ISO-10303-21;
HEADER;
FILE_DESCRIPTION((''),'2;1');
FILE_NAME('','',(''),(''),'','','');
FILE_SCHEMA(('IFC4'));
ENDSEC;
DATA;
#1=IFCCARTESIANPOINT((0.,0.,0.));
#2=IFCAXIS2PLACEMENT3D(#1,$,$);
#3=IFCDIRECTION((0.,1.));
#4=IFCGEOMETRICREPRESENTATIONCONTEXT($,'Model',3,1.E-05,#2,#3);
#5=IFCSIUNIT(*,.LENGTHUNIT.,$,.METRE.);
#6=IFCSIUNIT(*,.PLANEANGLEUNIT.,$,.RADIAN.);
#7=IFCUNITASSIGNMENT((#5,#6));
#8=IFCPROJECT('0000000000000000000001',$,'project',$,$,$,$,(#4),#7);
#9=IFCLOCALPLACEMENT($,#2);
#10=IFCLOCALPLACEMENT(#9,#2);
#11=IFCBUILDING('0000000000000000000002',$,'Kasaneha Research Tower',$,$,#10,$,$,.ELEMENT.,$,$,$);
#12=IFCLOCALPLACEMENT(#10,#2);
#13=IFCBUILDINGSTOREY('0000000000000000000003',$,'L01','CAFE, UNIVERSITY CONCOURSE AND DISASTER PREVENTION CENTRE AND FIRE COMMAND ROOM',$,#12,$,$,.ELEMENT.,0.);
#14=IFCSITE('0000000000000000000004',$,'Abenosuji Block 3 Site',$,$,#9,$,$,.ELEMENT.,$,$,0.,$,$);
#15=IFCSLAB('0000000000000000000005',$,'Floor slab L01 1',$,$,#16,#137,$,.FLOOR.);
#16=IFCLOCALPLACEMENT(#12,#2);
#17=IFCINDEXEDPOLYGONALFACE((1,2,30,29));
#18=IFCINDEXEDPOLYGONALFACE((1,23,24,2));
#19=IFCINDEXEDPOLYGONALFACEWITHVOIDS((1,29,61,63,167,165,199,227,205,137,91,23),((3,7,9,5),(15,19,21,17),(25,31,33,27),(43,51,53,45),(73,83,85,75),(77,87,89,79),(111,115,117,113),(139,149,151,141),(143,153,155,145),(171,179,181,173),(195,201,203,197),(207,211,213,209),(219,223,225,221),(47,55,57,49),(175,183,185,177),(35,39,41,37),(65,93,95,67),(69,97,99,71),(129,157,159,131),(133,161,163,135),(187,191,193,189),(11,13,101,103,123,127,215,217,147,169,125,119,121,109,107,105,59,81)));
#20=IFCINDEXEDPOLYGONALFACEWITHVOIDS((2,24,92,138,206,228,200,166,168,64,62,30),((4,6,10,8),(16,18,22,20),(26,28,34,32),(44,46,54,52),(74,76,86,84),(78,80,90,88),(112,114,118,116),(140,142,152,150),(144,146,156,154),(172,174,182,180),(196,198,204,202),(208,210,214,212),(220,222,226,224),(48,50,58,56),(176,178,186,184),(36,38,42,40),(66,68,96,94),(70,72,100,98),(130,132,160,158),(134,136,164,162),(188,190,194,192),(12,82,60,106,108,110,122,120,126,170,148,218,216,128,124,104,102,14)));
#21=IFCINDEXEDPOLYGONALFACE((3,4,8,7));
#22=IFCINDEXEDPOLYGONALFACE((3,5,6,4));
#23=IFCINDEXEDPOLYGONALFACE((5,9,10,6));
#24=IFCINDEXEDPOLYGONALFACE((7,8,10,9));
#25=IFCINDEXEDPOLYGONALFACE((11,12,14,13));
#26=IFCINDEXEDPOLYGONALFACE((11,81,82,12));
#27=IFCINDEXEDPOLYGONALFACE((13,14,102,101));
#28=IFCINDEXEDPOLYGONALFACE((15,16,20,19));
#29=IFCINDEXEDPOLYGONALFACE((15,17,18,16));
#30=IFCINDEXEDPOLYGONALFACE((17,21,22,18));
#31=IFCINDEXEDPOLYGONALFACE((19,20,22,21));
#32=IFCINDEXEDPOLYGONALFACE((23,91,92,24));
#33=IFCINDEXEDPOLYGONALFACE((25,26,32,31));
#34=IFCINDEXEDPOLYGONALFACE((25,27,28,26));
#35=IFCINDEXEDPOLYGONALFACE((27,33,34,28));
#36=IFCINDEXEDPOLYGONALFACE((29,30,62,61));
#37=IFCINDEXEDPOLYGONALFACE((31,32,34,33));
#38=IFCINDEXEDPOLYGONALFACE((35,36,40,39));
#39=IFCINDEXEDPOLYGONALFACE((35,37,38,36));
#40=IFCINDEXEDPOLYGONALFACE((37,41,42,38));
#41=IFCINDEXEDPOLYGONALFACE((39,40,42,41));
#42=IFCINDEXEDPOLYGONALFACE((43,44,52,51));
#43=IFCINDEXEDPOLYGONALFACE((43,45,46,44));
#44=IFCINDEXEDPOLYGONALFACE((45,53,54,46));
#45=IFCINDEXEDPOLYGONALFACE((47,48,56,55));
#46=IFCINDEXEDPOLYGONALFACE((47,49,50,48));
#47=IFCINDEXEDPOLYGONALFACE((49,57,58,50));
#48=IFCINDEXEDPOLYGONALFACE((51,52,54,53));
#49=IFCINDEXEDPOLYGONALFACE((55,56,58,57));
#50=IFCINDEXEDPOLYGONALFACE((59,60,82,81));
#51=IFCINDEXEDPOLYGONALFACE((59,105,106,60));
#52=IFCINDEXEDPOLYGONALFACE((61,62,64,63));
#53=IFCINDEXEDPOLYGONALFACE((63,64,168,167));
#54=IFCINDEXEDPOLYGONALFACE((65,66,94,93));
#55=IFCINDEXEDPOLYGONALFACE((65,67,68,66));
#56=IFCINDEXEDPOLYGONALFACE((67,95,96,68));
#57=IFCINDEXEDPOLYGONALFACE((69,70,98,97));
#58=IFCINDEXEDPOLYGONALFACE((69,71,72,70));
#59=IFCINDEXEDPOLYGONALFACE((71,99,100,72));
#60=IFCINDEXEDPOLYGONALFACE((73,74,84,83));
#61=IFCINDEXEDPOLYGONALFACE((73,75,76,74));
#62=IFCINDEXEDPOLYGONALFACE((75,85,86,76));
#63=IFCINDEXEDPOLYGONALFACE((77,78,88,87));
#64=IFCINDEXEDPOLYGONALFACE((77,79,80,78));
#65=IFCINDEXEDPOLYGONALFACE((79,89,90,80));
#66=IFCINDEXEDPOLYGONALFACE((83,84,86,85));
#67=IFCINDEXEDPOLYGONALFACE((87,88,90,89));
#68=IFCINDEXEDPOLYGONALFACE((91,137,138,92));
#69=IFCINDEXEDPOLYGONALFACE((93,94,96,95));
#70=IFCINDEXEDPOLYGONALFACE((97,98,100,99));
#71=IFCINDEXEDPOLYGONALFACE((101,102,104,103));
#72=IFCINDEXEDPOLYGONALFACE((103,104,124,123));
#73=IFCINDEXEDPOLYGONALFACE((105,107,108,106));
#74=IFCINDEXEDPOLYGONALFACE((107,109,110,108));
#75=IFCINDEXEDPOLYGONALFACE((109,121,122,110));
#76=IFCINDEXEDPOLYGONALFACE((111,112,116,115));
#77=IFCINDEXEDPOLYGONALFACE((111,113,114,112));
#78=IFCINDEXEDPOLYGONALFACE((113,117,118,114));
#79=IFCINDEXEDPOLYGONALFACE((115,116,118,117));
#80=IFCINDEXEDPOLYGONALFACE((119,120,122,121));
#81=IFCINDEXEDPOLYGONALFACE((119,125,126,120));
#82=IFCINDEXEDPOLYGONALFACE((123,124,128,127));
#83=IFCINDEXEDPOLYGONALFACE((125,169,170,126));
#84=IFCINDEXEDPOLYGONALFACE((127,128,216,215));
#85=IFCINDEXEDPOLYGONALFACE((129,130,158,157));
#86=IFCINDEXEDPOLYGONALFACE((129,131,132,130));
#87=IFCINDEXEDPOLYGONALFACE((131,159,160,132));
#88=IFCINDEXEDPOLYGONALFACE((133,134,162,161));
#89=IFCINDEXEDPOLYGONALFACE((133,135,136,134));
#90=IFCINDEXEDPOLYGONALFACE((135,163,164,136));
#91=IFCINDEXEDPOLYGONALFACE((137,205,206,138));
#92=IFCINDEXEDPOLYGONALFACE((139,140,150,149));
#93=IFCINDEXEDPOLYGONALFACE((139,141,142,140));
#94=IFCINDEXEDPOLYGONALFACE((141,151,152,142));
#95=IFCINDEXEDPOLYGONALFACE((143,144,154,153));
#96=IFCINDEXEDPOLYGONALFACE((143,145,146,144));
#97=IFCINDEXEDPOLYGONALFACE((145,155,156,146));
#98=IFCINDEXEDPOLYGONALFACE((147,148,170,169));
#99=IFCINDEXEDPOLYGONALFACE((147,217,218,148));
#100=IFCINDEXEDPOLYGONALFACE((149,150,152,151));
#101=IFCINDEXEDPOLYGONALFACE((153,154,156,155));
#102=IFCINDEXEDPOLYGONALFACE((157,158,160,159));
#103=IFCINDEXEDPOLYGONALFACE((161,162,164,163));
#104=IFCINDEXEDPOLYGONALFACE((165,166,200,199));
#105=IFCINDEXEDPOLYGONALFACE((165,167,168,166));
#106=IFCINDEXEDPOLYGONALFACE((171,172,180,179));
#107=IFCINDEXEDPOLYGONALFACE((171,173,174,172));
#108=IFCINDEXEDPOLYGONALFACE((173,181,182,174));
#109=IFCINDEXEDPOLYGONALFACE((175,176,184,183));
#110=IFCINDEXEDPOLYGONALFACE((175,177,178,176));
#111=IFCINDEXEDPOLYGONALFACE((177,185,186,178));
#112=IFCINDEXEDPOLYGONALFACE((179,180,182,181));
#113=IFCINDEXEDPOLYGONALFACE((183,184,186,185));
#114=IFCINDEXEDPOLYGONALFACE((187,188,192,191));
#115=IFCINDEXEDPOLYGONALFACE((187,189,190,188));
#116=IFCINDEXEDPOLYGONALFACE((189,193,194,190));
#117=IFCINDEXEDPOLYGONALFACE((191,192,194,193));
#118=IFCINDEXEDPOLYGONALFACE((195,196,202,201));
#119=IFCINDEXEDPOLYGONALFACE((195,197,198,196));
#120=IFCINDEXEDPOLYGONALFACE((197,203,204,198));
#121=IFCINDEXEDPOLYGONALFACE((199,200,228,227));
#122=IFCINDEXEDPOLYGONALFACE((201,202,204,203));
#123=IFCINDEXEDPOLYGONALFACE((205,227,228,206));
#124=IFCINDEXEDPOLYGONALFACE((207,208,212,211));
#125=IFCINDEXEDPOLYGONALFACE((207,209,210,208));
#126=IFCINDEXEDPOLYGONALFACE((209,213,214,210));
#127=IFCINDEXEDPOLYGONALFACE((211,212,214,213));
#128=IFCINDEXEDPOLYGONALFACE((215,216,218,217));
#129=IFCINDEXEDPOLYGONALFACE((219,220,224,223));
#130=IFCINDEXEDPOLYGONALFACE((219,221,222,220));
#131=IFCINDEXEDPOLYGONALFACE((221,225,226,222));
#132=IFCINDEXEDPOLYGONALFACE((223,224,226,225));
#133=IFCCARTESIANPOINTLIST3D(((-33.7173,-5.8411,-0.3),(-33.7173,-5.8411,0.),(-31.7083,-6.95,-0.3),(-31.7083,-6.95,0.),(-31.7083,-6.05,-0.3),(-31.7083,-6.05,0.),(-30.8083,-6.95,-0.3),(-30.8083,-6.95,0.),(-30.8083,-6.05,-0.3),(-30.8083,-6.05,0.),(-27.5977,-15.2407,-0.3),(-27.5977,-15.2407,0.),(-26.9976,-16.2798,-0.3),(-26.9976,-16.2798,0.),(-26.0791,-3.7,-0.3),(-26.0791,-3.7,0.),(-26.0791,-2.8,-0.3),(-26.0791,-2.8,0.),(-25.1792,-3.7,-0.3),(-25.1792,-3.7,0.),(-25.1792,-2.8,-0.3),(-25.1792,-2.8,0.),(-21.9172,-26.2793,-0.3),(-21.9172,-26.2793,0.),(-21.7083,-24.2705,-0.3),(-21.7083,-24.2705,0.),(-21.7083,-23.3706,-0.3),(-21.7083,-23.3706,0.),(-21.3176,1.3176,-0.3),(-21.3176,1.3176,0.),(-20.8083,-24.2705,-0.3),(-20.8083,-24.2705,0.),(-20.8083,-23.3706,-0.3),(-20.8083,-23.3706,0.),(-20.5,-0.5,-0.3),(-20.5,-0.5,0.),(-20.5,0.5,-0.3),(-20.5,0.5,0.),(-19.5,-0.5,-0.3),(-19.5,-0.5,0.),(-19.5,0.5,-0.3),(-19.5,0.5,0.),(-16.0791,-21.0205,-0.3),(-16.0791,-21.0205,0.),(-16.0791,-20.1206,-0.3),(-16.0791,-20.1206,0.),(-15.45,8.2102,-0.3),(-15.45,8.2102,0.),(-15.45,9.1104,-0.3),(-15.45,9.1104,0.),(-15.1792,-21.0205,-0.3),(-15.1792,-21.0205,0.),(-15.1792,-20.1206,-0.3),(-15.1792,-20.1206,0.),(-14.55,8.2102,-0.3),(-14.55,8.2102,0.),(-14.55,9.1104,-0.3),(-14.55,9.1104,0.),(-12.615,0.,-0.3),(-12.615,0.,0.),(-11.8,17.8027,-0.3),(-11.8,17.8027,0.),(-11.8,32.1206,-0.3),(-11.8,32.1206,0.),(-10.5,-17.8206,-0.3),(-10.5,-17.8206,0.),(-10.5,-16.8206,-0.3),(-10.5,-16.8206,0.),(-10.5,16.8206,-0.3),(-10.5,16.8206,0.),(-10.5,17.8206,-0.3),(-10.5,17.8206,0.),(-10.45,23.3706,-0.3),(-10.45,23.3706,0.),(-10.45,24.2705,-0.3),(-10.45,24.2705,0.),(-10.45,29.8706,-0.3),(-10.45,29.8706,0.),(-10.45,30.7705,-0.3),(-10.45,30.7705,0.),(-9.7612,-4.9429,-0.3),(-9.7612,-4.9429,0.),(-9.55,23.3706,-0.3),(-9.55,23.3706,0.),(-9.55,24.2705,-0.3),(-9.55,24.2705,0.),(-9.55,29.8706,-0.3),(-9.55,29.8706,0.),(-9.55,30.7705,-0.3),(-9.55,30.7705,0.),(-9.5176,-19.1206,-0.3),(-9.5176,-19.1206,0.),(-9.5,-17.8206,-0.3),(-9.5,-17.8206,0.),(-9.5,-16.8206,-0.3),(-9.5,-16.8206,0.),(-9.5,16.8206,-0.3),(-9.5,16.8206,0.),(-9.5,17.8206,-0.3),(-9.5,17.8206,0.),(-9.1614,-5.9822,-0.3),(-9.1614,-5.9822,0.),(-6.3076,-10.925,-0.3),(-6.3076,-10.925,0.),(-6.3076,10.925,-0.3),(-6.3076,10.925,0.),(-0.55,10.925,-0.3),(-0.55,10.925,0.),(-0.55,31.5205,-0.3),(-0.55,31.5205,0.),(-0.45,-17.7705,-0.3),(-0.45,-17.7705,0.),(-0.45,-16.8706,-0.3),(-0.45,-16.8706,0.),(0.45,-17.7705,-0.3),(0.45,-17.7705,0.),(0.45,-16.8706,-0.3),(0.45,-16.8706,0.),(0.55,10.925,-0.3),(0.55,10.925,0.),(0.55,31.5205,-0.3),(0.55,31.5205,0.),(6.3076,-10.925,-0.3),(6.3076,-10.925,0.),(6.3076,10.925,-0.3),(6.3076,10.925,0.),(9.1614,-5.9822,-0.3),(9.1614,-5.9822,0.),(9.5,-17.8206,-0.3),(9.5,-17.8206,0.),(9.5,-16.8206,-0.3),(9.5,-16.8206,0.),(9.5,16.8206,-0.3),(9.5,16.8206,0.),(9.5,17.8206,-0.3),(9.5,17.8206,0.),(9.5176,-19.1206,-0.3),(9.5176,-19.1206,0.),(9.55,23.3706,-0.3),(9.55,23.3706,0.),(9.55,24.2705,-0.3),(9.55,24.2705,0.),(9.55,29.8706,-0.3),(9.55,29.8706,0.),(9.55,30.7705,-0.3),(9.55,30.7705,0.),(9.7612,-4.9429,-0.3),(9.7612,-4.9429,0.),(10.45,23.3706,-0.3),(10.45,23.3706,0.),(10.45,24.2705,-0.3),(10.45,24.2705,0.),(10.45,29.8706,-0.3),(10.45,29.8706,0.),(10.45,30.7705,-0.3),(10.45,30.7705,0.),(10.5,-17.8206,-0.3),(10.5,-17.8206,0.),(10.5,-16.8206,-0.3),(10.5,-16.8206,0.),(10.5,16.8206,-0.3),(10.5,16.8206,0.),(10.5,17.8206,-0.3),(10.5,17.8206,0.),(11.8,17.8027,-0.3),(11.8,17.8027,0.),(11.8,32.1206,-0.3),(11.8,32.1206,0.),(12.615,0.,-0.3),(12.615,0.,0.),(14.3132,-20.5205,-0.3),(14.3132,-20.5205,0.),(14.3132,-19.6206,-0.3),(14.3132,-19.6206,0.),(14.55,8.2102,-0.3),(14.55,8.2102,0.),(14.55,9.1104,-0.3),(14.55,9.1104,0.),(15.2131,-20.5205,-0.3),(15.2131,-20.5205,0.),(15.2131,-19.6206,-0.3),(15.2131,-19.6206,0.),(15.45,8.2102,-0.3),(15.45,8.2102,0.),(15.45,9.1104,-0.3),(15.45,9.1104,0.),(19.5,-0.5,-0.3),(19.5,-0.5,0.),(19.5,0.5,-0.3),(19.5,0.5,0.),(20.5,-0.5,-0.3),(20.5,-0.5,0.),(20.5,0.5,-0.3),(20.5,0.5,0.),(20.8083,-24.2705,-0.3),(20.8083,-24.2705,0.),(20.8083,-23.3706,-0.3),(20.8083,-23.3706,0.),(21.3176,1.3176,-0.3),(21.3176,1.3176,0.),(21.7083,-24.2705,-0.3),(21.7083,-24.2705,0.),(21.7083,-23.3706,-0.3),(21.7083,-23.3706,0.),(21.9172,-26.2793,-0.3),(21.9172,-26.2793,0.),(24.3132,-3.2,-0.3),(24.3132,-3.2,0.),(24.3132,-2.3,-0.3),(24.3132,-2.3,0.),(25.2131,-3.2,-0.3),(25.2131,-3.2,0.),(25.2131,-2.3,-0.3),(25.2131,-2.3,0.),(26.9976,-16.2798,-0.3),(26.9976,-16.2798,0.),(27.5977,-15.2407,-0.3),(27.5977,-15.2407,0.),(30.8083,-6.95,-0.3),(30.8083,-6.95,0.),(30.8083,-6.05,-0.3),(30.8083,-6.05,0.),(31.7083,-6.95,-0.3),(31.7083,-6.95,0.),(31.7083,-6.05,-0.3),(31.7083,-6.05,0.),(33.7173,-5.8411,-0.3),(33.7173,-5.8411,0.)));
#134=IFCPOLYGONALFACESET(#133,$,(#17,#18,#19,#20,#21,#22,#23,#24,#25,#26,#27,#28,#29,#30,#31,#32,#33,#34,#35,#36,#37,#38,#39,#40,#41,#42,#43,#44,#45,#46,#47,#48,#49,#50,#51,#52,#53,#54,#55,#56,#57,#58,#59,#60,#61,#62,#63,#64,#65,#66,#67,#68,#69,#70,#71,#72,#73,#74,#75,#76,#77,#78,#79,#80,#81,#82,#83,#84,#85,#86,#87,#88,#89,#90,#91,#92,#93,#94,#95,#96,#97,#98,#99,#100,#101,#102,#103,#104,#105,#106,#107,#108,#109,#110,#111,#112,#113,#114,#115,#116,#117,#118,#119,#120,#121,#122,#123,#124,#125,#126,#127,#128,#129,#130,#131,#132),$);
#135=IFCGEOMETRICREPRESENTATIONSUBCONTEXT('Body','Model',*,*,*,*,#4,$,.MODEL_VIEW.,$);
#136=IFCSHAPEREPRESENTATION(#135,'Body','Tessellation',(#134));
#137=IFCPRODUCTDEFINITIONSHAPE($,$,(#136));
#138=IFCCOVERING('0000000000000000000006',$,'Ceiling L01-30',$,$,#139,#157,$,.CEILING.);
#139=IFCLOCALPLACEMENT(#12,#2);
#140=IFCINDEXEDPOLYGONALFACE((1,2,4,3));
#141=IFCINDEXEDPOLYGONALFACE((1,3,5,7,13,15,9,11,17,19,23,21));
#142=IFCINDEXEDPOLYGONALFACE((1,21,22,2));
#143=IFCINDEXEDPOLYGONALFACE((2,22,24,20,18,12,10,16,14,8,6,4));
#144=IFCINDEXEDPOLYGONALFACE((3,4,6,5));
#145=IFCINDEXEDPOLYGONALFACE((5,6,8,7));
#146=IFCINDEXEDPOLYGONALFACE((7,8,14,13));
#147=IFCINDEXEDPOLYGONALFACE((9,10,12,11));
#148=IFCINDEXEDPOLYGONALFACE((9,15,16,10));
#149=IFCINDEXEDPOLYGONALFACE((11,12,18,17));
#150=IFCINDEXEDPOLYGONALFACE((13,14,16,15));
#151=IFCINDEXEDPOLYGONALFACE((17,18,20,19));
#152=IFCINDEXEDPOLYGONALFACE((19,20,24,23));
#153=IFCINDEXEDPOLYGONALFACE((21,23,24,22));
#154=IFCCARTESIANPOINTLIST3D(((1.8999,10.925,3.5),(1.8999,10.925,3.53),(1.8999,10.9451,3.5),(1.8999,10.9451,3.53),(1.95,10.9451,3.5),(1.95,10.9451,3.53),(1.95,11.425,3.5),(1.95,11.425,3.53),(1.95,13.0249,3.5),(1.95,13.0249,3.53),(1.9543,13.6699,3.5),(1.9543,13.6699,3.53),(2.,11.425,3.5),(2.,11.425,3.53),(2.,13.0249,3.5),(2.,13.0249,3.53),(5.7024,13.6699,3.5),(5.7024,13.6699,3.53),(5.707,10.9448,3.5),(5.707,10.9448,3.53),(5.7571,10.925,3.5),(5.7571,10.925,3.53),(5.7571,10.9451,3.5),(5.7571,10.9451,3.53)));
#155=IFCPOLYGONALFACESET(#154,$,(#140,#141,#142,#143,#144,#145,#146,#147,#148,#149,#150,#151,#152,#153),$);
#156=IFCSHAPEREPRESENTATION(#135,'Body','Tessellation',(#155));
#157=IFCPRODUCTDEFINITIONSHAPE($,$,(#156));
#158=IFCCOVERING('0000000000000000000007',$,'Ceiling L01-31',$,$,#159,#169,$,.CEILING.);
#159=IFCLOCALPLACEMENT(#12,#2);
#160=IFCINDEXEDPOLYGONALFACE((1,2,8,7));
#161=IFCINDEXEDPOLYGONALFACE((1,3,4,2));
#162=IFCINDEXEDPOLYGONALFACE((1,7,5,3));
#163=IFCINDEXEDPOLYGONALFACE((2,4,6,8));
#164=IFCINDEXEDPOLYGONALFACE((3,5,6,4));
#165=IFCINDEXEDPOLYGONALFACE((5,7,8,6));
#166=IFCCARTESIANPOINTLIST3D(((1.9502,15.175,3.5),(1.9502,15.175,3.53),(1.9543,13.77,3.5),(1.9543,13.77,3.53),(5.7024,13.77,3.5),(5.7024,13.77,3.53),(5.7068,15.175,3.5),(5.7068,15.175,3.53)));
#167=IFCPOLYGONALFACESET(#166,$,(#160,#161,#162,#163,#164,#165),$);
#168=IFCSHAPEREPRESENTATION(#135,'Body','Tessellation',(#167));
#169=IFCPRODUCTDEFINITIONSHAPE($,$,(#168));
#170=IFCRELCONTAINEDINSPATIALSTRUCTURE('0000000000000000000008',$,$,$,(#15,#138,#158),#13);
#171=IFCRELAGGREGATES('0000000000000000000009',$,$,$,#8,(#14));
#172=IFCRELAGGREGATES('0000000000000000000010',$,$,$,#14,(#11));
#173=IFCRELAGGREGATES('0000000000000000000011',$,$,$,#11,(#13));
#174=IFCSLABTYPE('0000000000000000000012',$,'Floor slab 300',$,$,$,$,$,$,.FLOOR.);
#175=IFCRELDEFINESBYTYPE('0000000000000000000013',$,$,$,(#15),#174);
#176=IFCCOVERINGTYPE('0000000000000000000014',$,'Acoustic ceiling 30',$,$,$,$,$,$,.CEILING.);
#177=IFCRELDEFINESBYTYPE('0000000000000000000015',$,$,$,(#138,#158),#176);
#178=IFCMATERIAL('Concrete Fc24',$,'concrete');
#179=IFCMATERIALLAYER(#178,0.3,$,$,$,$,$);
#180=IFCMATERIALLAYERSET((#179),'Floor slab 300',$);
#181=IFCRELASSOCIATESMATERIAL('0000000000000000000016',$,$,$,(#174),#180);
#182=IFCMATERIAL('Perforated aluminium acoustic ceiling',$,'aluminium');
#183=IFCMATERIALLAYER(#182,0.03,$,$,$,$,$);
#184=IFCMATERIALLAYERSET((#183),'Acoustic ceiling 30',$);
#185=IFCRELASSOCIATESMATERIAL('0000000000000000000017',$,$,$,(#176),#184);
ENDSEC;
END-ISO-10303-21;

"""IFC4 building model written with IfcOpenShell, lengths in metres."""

from ifc_helpers import new_model, si_unit, direction, frame, origin, place, context, subcontext, project, spatial, polyline, outline, extrude, material, layer, layer_set, type_object, element, save


model = new_model("IFC4")

# Units and contexts
model_context = context("Model", 3, precision=1e-05, world=origin(), true_north=direction((0.0, 1.0)))
body_context = subcontext(model_context, "Body", "Model", "MODEL_VIEW")
ifc_project = project(units=[si_unit("LENGTHUNIT", "METRE"), si_unit("PLANEANGLEUNIT", "RADIAN")], contexts=[model_context])

# Site, building, storey
site_placement = place(None, origin())
site = spatial("IfcSite", under=ifc_project, at=site_placement, Name="Abenosuji Block 3 Site", CompositionType="ELEMENT", RefElevation=0.0)
building_placement = place(site_placement, origin())
building = spatial("IfcBuilding", under=site, at=building_placement, Name="Kasaneha Research Tower", CompositionType="ELEMENT")
storey_placement = place(building_placement, origin())
storey = spatial("IfcBuildingStorey", under=building, at=storey_placement, Name="L01", Description="CAFE, UNIVERSITY CONCOURSE AND DISASTER PREVENTION CENTRE AND FIRE COMMAND ROOM", CompositionType="ELEMENT", Elevation=0.0)

# Slab
ifc_material_1 = material(Name="Concrete Fc24", Category="concrete")
ifc_layer_1 = layer(ifc_material_1, 0.3)
ifc_layer_set_1 = layer_set([ifc_layer_1], Name="Floor slab 300")
slab_type_1 = type_object("IfcSlabType", Name="Floor slab 300", PredefinedType="FLOOR", material=ifc_layer_set_1)
slab_1_placement = place(storey_placement, frame((0.0, 0.0, -0.3)))
element("IfcSlab", 1, at=slab_1_placement, inside=storey, type_object=slab_type_1, Name="Floor slab L01 1", PredefinedType="FLOOR", context=body_context, shape_type="SweptSolid", body=[
    extrude(outline(polyline([(-21.3176, 1.3176), (-11.8, 17.8027), (-11.8, 32.1206), (11.8, 32.1206), (11.8, 17.8027), (21.3176, 1.3176), (33.7173, -5.8411), (21.9172, -26.2793), (9.5176, -19.1206), (-9.5176, -19.1206), (-21.9172, -26.2793), (-33.7173, -5.8411), (-21.3176, 1.3176)]), holes=[polyline([(-20.8083, -23.3706), (-21.7083, -23.3706), (-21.7083, -24.2705), (-20.8083, -24.2705), (-20.8083, -23.3706)]), polyline([(-15.1792, -21.0205), (-15.1792, -20.1206), (-16.0791, -20.1206), (-16.0791, -21.0205), (-15.1792, -21.0205)]), polyline([(0.45, -17.7705), (0.45, -16.8706), (-0.45, -16.8706), (-0.45, -17.7705), (0.45, -17.7705)]), polyline([(-9.5, -16.8206), (-10.5, -16.8206), (-10.5, -17.8206), (-9.5, -17.8206), (-9.5, -16.8206)]), polyline([(-9.1614, -5.9822), (-6.3076, -10.925), (6.3076, -10.925), (9.1614, -5.9822), (26.9976, -16.2798), (27.5977, -15.2407), (9.7612, -4.9429), (12.615, 0.0), (6.3076, 10.925), (0.55, 10.925), (0.55, 31.5205), (-0.55, 31.5205), (-0.55, 10.925), (-6.3076, 10.925), (-12.615, 0.0), (-9.7612, -4.9429), (-27.5977, -15.2407), (-26.9976, -16.2798), (-9.1614, -5.9822)]), polyline([(-30.8083, -6.95), (-30.8083, -6.05), (-31.7083, -6.05), (-31.7083, -6.95), (-30.8083, -6.95)]), polyline([(-25.1792, -2.8), (-26.0791, -2.8), (-26.0791, -3.7), (-25.1792, -3.7), (-25.1792, -2.8)]), polyline([(-19.5, -0.5), (-19.5, 0.5), (-20.5, 0.5), (-20.5, -0.5), (-19.5, -0.5)]), polyline([(-14.55, 8.2102), (-14.55, 9.1104), (-15.45, 9.1104), (-15.45, 8.2102), (-14.55, 8.2102)]), polyline([(-9.5, 17.8206), (-10.5, 17.8206), (-10.5, 16.8206), (-9.5, 16.8206), (-9.5, 17.8206)]), polyline([(-9.55, 23.3706), (-9.55, 24.2705), (-10.45, 24.2705), (-10.45, 23.3706), (-9.55, 23.3706)]), polyline([(-9.55, 30.7705), (-10.45, 30.7705), (-10.45, 29.8706), (-9.55, 29.8706), (-9.55, 30.7705)]), polyline([(21.7083, -24.2705), (21.7083, -23.3706), (20.8083, -23.3706), (20.8083, -24.2705), (21.7083, -24.2705)]), polyline([(15.2131, -20.5205), (15.2131, -19.6206), (14.3132, -19.6206), (14.3132, -20.5205), (15.2131, -20.5205)]), polyline([(10.5, -16.8206), (9.5, -16.8206), (9.5, -17.8206), (10.5, -17.8206), (10.5, -16.8206)]), polyline([(31.7083, -6.95), (31.7083, -6.05), (30.8083, -6.05), (30.8083, -6.95), (31.7083, -6.95)]), polyline([(25.2131, -2.3), (24.3132, -2.3), (24.3132, -3.2), (25.2131, -3.2), (25.2131, -2.3)]), polyline([(20.5, -0.5), (20.5, 0.5), (19.5, 0.5), (19.5, -0.5), (20.5, -0.5)]), polyline([(15.45, 8.2102), (15.45, 9.1104), (14.55, 9.1104), (14.55, 8.2102), (15.45, 8.2102)]), polyline([(10.5, 16.8206), (10.5, 17.8206), (9.5, 17.8206), (9.5, 16.8206), (10.5, 16.8206)]), polyline([(10.45, 23.3706), (10.45, 24.2705), (9.55, 24.2705), (9.55, 23.3706), (10.45, 23.3706)]), polyline([(10.45, 29.8706), (10.45, 30.7705), (9.55, 30.7705), (9.55, 29.8706), (10.45, 29.8706)])]), origin(), (0.0, 0.0, 1.0), 0.3),
])

# Coverings
ifc_material_2 = material(Name="Perforated aluminium acoustic ceiling", Category="aluminium")
ifc_layer_2 = layer(ifc_material_2, 0.03)
ifc_layer_set_2 = layer_set([ifc_layer_2], Name="Acoustic ceiling 30")
covering_type_1 = type_object("IfcCoveringType", Name="Acoustic ceiling 30", PredefinedType="CEILING", material=ifc_layer_set_2)
covering_1_placement = place(storey_placement, frame((0.0, 0.0, 3.5)))
element("IfcCovering", 2, at=covering_1_placement, inside=storey, type_object=covering_type_1, Name="Ceiling L01-30", PredefinedType="CEILING", context=body_context, shape_type="SweptSolid", body=[
    extrude(outline(polyline([(1.8999, 10.925), (1.8999, 10.9451), (1.95, 10.9451), (1.95, 11.425), (2.0, 11.425), (2.0, 13.0249), (1.95, 13.0249), (1.9543, 13.6699), (5.7024, 13.6699), (5.707, 10.9448), (5.7571, 10.9451), (5.7571, 10.925), (1.8999, 10.925)])), origin(), (0.0, 0.0, 1.0), 0.03),
])
covering_2_placement = place(storey_placement, frame((0.0, 0.0, 3.5)))
element("IfcCovering", 3, at=covering_2_placement, inside=storey, type_object=covering_type_1, Name="Ceiling L01-31", PredefinedType="CEILING", context=body_context, shape_type="SweptSolid", body=[
    extrude(outline(polyline([(1.9543, 13.77), (1.9502, 15.175), (5.7068, 15.175), (5.7024, 13.77), (1.9543, 13.77)])), origin(), (0.0, 0.0, 1.0), 0.03),
])

save(model, "model.ifc")
